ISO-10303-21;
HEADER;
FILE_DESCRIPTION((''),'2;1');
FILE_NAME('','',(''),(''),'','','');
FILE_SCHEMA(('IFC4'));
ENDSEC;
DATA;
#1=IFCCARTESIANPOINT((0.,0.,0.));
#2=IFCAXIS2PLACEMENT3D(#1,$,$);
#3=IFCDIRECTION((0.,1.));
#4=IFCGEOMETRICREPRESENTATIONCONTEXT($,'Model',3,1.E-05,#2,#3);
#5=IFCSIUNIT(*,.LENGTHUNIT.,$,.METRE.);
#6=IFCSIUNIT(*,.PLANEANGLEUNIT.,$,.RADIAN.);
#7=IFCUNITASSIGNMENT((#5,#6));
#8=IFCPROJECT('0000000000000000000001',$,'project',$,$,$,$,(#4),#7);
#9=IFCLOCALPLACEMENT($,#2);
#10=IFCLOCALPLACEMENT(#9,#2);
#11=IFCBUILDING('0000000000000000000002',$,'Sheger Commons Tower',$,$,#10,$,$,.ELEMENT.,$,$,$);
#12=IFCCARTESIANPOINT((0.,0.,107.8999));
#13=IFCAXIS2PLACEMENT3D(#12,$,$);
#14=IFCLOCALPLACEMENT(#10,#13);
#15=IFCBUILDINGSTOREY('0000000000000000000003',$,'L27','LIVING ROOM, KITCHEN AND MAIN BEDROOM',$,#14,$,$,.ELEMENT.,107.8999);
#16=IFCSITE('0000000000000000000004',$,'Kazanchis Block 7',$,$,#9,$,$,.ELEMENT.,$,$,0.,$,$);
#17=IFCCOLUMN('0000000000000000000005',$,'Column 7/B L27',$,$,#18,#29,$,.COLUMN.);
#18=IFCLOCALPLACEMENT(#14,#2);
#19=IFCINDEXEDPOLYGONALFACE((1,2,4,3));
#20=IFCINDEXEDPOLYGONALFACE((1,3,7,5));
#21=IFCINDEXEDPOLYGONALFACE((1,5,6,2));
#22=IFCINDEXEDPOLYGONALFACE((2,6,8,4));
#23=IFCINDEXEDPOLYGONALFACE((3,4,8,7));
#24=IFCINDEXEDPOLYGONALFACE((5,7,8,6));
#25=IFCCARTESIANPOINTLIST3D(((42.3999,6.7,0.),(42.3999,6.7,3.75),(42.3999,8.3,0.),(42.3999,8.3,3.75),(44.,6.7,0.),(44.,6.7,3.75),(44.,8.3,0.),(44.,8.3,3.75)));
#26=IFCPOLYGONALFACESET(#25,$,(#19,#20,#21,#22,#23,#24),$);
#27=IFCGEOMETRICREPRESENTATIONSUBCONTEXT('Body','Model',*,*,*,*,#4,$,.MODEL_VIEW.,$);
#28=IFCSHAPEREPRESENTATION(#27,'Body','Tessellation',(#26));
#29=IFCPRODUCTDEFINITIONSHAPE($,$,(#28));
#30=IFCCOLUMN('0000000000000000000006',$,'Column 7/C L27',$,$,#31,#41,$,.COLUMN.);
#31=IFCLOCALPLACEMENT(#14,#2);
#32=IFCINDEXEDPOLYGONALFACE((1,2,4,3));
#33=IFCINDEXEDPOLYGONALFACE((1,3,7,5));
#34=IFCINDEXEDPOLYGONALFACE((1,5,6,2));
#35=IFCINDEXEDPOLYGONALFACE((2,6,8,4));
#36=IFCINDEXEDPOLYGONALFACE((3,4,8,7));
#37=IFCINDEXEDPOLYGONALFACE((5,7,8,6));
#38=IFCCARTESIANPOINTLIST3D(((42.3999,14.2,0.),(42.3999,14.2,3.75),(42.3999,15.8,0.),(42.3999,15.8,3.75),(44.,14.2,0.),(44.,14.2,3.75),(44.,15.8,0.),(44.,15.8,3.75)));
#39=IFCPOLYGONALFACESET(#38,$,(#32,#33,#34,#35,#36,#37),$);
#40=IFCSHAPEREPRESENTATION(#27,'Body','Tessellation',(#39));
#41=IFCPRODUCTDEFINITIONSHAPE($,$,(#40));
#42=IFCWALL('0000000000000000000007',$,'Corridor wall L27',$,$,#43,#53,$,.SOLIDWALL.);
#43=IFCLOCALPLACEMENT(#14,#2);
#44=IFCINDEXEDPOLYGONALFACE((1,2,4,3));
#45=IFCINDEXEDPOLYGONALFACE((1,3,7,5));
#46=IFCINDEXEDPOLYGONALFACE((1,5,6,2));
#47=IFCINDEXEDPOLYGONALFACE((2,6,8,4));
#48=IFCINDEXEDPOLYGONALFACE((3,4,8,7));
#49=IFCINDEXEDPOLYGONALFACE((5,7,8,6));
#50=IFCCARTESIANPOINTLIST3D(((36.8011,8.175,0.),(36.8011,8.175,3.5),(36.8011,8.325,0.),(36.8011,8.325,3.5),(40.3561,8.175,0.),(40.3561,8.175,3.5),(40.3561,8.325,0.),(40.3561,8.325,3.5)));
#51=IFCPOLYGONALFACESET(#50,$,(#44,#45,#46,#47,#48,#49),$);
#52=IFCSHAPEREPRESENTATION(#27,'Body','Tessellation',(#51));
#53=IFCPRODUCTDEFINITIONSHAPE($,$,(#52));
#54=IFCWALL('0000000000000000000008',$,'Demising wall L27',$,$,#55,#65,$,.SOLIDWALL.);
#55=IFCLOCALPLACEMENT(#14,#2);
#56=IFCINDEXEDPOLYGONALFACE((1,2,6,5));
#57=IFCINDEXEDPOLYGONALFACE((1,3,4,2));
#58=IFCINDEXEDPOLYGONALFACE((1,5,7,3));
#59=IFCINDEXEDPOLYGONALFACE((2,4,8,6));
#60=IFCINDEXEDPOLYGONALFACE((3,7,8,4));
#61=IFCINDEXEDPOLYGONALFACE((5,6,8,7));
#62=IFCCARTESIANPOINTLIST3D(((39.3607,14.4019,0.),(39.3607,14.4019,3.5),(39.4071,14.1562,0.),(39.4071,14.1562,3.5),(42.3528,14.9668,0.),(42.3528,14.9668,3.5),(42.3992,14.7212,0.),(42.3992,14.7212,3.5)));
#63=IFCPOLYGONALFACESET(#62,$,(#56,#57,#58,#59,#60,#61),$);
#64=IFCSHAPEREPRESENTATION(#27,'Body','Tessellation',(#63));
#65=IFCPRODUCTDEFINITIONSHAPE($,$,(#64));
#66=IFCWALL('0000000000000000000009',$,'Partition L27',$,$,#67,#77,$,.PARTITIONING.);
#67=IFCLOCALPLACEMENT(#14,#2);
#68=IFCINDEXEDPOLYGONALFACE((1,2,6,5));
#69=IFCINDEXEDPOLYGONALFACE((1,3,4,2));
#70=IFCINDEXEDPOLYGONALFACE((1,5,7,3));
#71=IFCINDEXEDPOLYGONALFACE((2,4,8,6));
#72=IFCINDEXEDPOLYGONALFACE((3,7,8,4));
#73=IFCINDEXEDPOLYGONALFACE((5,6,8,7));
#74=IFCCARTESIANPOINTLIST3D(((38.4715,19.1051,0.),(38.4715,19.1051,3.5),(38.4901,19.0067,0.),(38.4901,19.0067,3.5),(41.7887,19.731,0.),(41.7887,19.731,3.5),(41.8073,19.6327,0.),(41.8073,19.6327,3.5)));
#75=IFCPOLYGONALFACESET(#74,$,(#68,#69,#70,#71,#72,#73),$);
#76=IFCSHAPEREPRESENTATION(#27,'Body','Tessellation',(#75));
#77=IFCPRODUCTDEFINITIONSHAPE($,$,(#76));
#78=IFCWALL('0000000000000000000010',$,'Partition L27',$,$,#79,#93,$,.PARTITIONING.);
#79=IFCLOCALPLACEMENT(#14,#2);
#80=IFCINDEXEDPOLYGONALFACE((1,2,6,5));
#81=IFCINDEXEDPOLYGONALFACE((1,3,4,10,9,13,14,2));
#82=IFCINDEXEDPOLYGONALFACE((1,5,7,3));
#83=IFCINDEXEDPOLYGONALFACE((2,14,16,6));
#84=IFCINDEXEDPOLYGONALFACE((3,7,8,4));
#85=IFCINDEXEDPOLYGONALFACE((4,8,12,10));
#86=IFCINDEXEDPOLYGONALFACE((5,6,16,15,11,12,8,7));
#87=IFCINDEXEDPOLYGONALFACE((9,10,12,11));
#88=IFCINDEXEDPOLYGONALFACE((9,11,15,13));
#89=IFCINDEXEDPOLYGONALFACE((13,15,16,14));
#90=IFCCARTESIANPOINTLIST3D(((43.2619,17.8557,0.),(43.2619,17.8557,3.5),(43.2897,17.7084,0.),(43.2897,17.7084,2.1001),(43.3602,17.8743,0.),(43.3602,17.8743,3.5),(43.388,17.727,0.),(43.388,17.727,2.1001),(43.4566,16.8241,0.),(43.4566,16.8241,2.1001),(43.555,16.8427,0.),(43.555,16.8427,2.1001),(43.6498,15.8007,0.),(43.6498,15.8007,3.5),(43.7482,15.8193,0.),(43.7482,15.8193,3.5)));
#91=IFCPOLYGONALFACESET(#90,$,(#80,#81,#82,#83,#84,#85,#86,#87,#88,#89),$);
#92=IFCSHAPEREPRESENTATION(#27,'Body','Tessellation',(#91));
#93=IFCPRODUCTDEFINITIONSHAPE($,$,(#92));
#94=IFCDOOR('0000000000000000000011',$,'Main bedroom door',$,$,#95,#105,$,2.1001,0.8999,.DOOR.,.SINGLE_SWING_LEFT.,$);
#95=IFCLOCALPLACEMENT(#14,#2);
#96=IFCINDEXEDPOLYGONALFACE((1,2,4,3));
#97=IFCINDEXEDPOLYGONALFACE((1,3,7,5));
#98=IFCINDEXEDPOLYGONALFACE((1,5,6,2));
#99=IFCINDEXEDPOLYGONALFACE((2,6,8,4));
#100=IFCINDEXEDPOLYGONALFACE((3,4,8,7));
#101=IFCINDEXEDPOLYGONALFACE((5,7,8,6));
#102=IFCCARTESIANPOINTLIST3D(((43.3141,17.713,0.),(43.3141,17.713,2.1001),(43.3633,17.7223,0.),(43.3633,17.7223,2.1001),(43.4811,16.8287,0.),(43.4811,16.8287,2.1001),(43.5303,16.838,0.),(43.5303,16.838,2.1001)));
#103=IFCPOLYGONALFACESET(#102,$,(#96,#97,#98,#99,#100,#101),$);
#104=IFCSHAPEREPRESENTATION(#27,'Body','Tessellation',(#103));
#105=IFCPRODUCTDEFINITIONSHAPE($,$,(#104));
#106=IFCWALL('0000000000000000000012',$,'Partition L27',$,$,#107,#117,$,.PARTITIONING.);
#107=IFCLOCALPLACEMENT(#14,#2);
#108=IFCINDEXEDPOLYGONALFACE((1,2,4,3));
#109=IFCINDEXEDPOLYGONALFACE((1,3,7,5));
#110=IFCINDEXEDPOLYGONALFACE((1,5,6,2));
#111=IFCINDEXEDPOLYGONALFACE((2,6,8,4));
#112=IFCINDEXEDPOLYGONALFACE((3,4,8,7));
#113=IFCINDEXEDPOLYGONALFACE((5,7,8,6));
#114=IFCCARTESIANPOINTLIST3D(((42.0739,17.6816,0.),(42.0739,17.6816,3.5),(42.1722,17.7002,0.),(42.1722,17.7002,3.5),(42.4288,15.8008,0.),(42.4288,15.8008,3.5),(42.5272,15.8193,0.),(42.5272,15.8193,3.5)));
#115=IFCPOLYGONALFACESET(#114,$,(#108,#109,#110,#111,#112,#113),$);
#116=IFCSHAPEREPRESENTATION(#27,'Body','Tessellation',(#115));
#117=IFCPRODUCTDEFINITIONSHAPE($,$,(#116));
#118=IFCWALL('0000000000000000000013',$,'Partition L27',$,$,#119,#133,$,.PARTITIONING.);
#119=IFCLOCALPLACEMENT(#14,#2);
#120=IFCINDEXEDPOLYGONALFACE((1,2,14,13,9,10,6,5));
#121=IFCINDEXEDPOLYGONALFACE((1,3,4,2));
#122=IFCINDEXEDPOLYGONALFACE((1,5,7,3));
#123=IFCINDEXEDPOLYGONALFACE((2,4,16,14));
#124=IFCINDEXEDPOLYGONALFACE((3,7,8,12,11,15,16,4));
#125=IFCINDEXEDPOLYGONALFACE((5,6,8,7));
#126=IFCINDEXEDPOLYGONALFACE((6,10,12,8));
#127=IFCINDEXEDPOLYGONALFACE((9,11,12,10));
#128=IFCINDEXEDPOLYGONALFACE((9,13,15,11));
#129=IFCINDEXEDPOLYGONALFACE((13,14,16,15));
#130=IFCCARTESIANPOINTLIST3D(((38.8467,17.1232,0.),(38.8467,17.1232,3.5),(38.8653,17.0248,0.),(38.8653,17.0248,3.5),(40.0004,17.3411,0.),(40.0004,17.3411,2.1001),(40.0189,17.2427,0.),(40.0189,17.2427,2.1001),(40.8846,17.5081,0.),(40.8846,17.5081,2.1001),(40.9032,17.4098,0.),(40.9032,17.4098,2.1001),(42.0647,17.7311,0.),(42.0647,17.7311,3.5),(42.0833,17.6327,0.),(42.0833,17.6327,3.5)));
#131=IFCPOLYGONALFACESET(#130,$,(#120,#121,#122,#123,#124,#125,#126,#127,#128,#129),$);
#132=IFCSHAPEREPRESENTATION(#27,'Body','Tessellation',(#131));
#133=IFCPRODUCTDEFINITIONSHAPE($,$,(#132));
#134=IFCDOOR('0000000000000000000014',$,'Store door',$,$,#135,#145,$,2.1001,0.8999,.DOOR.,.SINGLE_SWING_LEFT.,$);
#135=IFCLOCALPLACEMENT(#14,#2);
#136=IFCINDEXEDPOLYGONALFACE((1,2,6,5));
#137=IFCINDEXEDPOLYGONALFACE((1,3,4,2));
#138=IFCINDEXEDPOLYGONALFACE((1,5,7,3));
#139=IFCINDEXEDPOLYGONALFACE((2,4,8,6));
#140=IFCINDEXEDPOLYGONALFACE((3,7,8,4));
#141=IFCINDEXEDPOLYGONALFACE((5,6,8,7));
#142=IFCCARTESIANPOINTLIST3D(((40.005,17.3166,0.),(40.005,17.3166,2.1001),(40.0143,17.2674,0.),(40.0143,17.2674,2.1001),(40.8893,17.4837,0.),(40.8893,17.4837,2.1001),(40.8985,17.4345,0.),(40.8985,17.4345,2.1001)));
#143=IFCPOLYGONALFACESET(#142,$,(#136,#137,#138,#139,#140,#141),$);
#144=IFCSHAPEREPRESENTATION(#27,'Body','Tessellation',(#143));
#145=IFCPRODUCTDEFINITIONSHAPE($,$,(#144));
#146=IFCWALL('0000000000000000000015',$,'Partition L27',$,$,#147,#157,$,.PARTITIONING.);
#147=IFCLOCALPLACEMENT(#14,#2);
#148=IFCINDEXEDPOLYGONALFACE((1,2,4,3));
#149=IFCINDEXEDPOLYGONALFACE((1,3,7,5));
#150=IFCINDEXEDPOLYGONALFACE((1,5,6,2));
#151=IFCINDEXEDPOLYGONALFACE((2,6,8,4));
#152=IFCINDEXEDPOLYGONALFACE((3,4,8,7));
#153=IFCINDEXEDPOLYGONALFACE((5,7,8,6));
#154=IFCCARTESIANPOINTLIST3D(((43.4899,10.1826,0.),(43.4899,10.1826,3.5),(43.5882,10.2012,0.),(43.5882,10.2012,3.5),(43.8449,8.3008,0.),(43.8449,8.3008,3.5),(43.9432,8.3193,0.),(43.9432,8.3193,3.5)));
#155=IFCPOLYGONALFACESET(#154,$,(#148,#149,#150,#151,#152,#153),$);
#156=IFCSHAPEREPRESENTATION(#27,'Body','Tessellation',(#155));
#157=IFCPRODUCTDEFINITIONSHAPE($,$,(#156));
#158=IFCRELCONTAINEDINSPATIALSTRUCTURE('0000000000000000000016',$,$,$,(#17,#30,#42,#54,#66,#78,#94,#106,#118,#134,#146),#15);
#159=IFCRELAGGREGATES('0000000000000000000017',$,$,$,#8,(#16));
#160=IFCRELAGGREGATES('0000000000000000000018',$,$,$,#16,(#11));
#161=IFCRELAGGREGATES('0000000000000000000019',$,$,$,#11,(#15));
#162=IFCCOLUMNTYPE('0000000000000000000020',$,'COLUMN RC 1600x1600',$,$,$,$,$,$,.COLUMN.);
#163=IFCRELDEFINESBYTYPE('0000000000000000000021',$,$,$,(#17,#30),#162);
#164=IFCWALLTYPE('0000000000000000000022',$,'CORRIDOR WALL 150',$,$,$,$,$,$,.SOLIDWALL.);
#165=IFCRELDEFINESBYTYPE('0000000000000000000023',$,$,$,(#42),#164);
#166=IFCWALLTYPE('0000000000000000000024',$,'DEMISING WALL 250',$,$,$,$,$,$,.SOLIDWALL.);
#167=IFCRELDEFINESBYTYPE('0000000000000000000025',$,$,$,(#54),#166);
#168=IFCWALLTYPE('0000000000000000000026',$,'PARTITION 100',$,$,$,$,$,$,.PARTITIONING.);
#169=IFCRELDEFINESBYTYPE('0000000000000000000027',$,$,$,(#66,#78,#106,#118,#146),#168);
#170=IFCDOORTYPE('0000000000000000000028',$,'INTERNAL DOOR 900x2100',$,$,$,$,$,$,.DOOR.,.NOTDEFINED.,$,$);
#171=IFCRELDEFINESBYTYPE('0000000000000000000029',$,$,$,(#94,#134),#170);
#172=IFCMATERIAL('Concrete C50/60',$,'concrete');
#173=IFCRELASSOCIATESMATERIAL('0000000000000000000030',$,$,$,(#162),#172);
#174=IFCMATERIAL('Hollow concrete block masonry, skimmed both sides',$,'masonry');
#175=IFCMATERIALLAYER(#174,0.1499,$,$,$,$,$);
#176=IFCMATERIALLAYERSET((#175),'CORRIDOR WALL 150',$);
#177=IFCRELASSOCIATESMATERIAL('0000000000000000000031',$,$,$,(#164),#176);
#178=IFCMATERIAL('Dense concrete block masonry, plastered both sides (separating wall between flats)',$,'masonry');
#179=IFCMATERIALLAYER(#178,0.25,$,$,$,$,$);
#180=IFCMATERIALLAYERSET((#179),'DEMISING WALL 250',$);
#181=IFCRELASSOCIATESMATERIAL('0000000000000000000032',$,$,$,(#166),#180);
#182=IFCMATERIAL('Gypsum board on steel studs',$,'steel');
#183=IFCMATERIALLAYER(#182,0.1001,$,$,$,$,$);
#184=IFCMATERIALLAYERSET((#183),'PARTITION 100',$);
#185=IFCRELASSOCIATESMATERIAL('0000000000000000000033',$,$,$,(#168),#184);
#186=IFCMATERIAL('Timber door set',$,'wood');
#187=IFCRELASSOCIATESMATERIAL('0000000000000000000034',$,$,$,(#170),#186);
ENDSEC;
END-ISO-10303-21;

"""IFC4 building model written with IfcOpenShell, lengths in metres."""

from ifc_helpers import new_model, si_unit, direction, frame, frame_2d, origin, origin_2d, place, context, subcontext, project, spatial, rectangle, extrude, material, layer, layer_set, material_profile, profile_set, type_object, element, fill, save


model = new_model("IFC4")

# Units and contexts
model_context = context("Model", 3, precision=1e-05, world=origin(), true_north=direction((0.0, 1.0)))
body_context = subcontext(model_context, "Body", "Model", "MODEL_VIEW")
ifc_project = project(units=[si_unit("LENGTHUNIT", "METRE"), si_unit("PLANEANGLEUNIT", "RADIAN")], contexts=[model_context])

# Site, building, storey
site_placement = place(None, origin())
site = spatial("IfcSite", under=ifc_project, at=site_placement, Name="Kazanchis Block 7", CompositionType="ELEMENT", RefElevation=0.0)
building_placement = place(site_placement, origin())
building = spatial("IfcBuilding", under=site, at=building_placement, Name="Sheger Commons Tower", CompositionType="ELEMENT")
storey_placement = place(building_placement, frame((0.0, 0.0, 107.8999)))
storey = spatial("IfcBuildingStorey", under=building, at=storey_placement, Name="L27", Description="LIVING ROOM, KITCHEN AND MAIN BEDROOM", CompositionType="ELEMENT", Elevation=107.8999)

# Columns
ifc_material_1 = material(Name="Concrete C50/60", Category="concrete")
ifc_material_profile = material_profile(ifc_material_1, rectangle(XDim=1.6001, YDim=1.6001, at=origin_2d()), Name="RC 1600x1600")
ifc_profile_set = profile_set([ifc_material_profile], Name="Concrete C50/60")
column_type = type_object("IfcColumnType", Name="COLUMN RC 1600x1600", PredefinedType="COLUMN", material=ifc_profile_set)
for number, where, z_axis, x_axis, name in (
    (1, (43.2, 7.5, 0.0), (0.0, 0.0, 1.0), (1.0, 0.0, 0.0), "Column 7/B L27"),
    (2, (43.2, 15.0, 0.0), (0.0, 0.0, 1.0), (1.0, 0.0, 0.0), "Column 7/C L27"),
):
    element("IfcColumn", number, at=place(storey_placement, frame(where, z_axis=z_axis, x_axis=x_axis)), inside=storey, type_object=column_type, Name=name, PredefinedType="COLUMN", context=body_context, shape_type="SweptSolid", body=[
        extrude(rectangle(XDim=1.6001, YDim=1.6001, at=origin_2d()), origin(), (0.0, 0.0, 1.0), 3.75),
    ])

# Walls
ifc_material_2 = material(Name="Hollow concrete block masonry, skimmed both sides", Category="masonry")
ifc_layer_1 = layer(ifc_material_2, 0.1499)
ifc_layer_set_1 = layer_set([ifc_layer_1], Name="CORRIDOR WALL 150")
wall_type_1 = type_object("IfcWallType", Name="CORRIDOR WALL 150", PredefinedType="SOLIDWALL", material=ifc_layer_set_1)
wall_1_placement = place(storey_placement, frame((40.356, 8.25, 0.0), z_axis=(0.0, 0.0, 1.0), x_axis=(-1.0, 0.0, 0.0)))
element("IfcWall", 3, at=wall_1_placement, inside=storey, type_object=wall_type_1, Name="Corridor wall L27", PredefinedType="SOLIDWALL", context=body_context, shape_type="SweptSolid", body=[
    extrude(rectangle(XDim=3.5549, YDim=0.1499, at=frame_2d((1.7773, 0.0))), origin(), (0.0, 0.0, 1.0), 3.5),
])
ifc_material_3 = material(Name="Dense concrete block masonry, plastered both sides (separating wall between flats)", Category="masonry")
ifc_layer_2 = layer(ifc_material_3, 0.25)
ifc_layer_set_2 = layer_set([ifc_layer_2], Name="DEMISING WALL 250")
wall_type_2 = type_object("IfcWallType", Name="DEMISING WALL 250", PredefinedType="SOLIDWALL", material=ifc_layer_set_2)
wall_2_placement = place(storey_placement, frame((42.376, 14.844, 0.0), z_axis=(0.0, 0.0, 1.0), x_axis=(-0.982636, -0.185542, 0.0)))
element("IfcWall", 4, at=wall_2_placement, inside=storey, type_object=wall_type_2, Name="Demising wall L27", PredefinedType="SOLIDWALL", context=body_context, shape_type="SweptSolid", body=[
    extrude(rectangle(XDim=3.0449, YDim=0.25, at=frame_2d((1.5225, 0.0))), origin(), (0.0, 0.0, 1.0), 3.5),
])
ifc_material_4 = material(Name="Gypsum board on steel studs", Category="steel")
ifc_layer_3 = layer(ifc_material_4, 0.1001)
ifc_layer_set_3 = layer_set([ifc_layer_3], Name="PARTITION 100")
wall_type_3 = type_object("IfcWallType", Name="PARTITION 100", PredefinedType="PARTITIONING", material=ifc_layer_set_3)
wall_3_placement = place(storey_placement, frame((41.7981, 19.6819, 0.0), z_axis=(0.0, 0.0, 1.0), x_axis=(-0.982656, -0.185437, 0.0)))
element("IfcWall", 5, at=wall_3_placement, inside=storey, type_object=wall_type_3, Name="Partition L27", PredefinedType="PARTITIONING", context=body_context, shape_type="SweptSolid", body=[
    extrude(rectangle(XDim=3.3757, YDim=0.1001, at=frame_2d((1.688, 0.0))), origin(), (0.0, 0.0, 1.0), 3.5),
])

# Wall, opening, door
wall_4_placement = place(storey_placement, frame((43.311, 17.865, 0.0), z_axis=(0.0, 0.0, 1.0), x_axis=(0.185508, -0.982643, 0.0)))
wall_4 = element("IfcWall", 6, at=wall_4_placement, inside=storey, type_object=wall_type_3, Name="Partition L27", PredefinedType="PARTITIONING", context=body_context, shape_type="SweptSolid", body=[
    extrude(rectangle(XDim=2.0913, YDim=0.1001, at=frame_2d((1.0457, 0.0))), origin(), (0.0, 0.0, 1.0), 3.5),
])
opening_1_placement = place(wall_4_placement, frame((0.1499, 0.0, 0.0)))
opening_1 = element("IfcOpeningElement", 7, at=opening_1_placement, cuts=wall_4, PredefinedType="OPENING", context=body_context, shape_type="SweptSolid", body=[
    extrude(rectangle(XDim=0.8999, YDim=2.1001, at=frame_2d((0.45, 1.05))), frame((0.0, 0.0601, 0.0), z_axis=(0.0, -1.0, 0.0), x_axis=(1.0, 0.0, 0.0)), (0.0, 0.0, 1.0), 0.1201),
])
ifc_material_5 = material(Name="Timber door set", Category="wood")
door_type_1 = type_object("IfcDoorType", Name="INTERNAL DOOR 900x2100", OperationType="NOTDEFINED", PredefinedType="DOOR", material=ifc_material_5)
door_1_placement = place(opening_1_placement, origin())
door_1 = element("IfcDoor", 8, at=door_1_placement, inside=storey, type_object=door_type_1, Name="Main bedroom door", OperationType="SINGLE_SWING_LEFT", OverallHeight=2.1001, OverallWidth=0.8999, PredefinedType="DOOR", context=body_context, shape_type="SweptSolid", body=[
    extrude(rectangle(XDim=0.8999, YDim=2.1001, at=frame_2d((0.45, 1.05))), frame((0.0, 0.0249, 0.0), z_axis=(0.0, -1.0, 0.0), x_axis=(1.0, 0.0, 0.0)), (0.0, 0.0, 1.0), 0.05),
])
fill(opening_1, door_1)

# Wall
wall_5_placement = place(storey_placement, frame((42.123, 17.6909, 0.0), z_axis=(0.0, 0.0, 1.0), x_axis=(0.185459, -0.982652, 0.0)))
element("IfcWall", 9, at=wall_5_placement, inside=storey, type_object=wall_type_3, Name="Partition L27", PredefinedType="PARTITIONING", context=body_context, shape_type="SweptSolid", body=[
    extrude(rectangle(XDim=1.9141, YDim=0.1001, at=frame_2d((0.957, 0.0))), origin(), (0.0, 0.0, 1.0), 3.5),
])

# Wall, opening, door
wall_6_placement = place(storey_placement, frame((42.074, 17.6819, 0.0), z_axis=(0.0, 0.0, 1.0), x_axis=(-0.982621, -0.185625, 0.0)))
wall_6 = element("IfcWall", 10, at=wall_6_placement, inside=storey, type_object=wall_type_3, Name="Partition L27", PredefinedType="PARTITIONING", context=body_context, shape_type="SweptSolid", body=[
    extrude(rectangle(XDim=3.2749, YDim=0.1001, at=frame_2d((1.6375, 0.0))), origin(), (0.0, 0.0, 1.0), 3.5),
])
opening_2_placement = place(wall_6_placement, frame((1.2009, 0.0, 0.0)))
opening_2 = element("IfcOpeningElement", 11, at=opening_2_placement, cuts=wall_6, PredefinedType="OPENING", context=body_context, shape_type="SweptSolid", body=[
    extrude(rectangle(XDim=0.8999, YDim=2.1001, at=frame_2d((0.45, 1.05))), frame((0.0, 0.0601, 0.0), z_axis=(0.0, -1.0, 0.0), x_axis=(1.0, 0.0, 0.0)), (0.0, 0.0, 1.0), 0.1201),
])
door_2_placement = place(opening_2_placement, origin())
door_2 = element("IfcDoor", 12, at=door_2_placement, inside=storey, type_object=door_type_1, Name="Store door", OperationType="SINGLE_SWING_LEFT", OverallHeight=2.1001, OverallWidth=0.8999, PredefinedType="DOOR", context=body_context, shape_type="SweptSolid", body=[
    extrude(rectangle(XDim=0.8999, YDim=2.1001, at=frame_2d((0.45, 1.05))), frame((0.0, 0.0249, 0.0), z_axis=(0.0, -1.0, 0.0), x_axis=(1.0, 0.0, 0.0)), (0.0, 0.0, 1.0), 0.05),
])
fill(opening_2, door_2)

# Wall
wall_7_placement = place(storey_placement, frame((43.5391, 10.1919, 0.0), z_axis=(0.0, 0.0, 1.0), x_axis=(0.185366, -0.98267, 0.0)))
element("IfcWall", 13, at=wall_7_placement, inside=storey, type_object=wall_type_3, Name="Partition L27", PredefinedType="PARTITIONING", context=body_context, shape_type="SweptSolid", body=[
    extrude(rectangle(XDim=1.915, YDim=0.1001, at=frame_2d((0.9575, 0.0))), origin(), (0.0, 0.0, 1.0), 3.5),
])

save(model, "model.ifc")
